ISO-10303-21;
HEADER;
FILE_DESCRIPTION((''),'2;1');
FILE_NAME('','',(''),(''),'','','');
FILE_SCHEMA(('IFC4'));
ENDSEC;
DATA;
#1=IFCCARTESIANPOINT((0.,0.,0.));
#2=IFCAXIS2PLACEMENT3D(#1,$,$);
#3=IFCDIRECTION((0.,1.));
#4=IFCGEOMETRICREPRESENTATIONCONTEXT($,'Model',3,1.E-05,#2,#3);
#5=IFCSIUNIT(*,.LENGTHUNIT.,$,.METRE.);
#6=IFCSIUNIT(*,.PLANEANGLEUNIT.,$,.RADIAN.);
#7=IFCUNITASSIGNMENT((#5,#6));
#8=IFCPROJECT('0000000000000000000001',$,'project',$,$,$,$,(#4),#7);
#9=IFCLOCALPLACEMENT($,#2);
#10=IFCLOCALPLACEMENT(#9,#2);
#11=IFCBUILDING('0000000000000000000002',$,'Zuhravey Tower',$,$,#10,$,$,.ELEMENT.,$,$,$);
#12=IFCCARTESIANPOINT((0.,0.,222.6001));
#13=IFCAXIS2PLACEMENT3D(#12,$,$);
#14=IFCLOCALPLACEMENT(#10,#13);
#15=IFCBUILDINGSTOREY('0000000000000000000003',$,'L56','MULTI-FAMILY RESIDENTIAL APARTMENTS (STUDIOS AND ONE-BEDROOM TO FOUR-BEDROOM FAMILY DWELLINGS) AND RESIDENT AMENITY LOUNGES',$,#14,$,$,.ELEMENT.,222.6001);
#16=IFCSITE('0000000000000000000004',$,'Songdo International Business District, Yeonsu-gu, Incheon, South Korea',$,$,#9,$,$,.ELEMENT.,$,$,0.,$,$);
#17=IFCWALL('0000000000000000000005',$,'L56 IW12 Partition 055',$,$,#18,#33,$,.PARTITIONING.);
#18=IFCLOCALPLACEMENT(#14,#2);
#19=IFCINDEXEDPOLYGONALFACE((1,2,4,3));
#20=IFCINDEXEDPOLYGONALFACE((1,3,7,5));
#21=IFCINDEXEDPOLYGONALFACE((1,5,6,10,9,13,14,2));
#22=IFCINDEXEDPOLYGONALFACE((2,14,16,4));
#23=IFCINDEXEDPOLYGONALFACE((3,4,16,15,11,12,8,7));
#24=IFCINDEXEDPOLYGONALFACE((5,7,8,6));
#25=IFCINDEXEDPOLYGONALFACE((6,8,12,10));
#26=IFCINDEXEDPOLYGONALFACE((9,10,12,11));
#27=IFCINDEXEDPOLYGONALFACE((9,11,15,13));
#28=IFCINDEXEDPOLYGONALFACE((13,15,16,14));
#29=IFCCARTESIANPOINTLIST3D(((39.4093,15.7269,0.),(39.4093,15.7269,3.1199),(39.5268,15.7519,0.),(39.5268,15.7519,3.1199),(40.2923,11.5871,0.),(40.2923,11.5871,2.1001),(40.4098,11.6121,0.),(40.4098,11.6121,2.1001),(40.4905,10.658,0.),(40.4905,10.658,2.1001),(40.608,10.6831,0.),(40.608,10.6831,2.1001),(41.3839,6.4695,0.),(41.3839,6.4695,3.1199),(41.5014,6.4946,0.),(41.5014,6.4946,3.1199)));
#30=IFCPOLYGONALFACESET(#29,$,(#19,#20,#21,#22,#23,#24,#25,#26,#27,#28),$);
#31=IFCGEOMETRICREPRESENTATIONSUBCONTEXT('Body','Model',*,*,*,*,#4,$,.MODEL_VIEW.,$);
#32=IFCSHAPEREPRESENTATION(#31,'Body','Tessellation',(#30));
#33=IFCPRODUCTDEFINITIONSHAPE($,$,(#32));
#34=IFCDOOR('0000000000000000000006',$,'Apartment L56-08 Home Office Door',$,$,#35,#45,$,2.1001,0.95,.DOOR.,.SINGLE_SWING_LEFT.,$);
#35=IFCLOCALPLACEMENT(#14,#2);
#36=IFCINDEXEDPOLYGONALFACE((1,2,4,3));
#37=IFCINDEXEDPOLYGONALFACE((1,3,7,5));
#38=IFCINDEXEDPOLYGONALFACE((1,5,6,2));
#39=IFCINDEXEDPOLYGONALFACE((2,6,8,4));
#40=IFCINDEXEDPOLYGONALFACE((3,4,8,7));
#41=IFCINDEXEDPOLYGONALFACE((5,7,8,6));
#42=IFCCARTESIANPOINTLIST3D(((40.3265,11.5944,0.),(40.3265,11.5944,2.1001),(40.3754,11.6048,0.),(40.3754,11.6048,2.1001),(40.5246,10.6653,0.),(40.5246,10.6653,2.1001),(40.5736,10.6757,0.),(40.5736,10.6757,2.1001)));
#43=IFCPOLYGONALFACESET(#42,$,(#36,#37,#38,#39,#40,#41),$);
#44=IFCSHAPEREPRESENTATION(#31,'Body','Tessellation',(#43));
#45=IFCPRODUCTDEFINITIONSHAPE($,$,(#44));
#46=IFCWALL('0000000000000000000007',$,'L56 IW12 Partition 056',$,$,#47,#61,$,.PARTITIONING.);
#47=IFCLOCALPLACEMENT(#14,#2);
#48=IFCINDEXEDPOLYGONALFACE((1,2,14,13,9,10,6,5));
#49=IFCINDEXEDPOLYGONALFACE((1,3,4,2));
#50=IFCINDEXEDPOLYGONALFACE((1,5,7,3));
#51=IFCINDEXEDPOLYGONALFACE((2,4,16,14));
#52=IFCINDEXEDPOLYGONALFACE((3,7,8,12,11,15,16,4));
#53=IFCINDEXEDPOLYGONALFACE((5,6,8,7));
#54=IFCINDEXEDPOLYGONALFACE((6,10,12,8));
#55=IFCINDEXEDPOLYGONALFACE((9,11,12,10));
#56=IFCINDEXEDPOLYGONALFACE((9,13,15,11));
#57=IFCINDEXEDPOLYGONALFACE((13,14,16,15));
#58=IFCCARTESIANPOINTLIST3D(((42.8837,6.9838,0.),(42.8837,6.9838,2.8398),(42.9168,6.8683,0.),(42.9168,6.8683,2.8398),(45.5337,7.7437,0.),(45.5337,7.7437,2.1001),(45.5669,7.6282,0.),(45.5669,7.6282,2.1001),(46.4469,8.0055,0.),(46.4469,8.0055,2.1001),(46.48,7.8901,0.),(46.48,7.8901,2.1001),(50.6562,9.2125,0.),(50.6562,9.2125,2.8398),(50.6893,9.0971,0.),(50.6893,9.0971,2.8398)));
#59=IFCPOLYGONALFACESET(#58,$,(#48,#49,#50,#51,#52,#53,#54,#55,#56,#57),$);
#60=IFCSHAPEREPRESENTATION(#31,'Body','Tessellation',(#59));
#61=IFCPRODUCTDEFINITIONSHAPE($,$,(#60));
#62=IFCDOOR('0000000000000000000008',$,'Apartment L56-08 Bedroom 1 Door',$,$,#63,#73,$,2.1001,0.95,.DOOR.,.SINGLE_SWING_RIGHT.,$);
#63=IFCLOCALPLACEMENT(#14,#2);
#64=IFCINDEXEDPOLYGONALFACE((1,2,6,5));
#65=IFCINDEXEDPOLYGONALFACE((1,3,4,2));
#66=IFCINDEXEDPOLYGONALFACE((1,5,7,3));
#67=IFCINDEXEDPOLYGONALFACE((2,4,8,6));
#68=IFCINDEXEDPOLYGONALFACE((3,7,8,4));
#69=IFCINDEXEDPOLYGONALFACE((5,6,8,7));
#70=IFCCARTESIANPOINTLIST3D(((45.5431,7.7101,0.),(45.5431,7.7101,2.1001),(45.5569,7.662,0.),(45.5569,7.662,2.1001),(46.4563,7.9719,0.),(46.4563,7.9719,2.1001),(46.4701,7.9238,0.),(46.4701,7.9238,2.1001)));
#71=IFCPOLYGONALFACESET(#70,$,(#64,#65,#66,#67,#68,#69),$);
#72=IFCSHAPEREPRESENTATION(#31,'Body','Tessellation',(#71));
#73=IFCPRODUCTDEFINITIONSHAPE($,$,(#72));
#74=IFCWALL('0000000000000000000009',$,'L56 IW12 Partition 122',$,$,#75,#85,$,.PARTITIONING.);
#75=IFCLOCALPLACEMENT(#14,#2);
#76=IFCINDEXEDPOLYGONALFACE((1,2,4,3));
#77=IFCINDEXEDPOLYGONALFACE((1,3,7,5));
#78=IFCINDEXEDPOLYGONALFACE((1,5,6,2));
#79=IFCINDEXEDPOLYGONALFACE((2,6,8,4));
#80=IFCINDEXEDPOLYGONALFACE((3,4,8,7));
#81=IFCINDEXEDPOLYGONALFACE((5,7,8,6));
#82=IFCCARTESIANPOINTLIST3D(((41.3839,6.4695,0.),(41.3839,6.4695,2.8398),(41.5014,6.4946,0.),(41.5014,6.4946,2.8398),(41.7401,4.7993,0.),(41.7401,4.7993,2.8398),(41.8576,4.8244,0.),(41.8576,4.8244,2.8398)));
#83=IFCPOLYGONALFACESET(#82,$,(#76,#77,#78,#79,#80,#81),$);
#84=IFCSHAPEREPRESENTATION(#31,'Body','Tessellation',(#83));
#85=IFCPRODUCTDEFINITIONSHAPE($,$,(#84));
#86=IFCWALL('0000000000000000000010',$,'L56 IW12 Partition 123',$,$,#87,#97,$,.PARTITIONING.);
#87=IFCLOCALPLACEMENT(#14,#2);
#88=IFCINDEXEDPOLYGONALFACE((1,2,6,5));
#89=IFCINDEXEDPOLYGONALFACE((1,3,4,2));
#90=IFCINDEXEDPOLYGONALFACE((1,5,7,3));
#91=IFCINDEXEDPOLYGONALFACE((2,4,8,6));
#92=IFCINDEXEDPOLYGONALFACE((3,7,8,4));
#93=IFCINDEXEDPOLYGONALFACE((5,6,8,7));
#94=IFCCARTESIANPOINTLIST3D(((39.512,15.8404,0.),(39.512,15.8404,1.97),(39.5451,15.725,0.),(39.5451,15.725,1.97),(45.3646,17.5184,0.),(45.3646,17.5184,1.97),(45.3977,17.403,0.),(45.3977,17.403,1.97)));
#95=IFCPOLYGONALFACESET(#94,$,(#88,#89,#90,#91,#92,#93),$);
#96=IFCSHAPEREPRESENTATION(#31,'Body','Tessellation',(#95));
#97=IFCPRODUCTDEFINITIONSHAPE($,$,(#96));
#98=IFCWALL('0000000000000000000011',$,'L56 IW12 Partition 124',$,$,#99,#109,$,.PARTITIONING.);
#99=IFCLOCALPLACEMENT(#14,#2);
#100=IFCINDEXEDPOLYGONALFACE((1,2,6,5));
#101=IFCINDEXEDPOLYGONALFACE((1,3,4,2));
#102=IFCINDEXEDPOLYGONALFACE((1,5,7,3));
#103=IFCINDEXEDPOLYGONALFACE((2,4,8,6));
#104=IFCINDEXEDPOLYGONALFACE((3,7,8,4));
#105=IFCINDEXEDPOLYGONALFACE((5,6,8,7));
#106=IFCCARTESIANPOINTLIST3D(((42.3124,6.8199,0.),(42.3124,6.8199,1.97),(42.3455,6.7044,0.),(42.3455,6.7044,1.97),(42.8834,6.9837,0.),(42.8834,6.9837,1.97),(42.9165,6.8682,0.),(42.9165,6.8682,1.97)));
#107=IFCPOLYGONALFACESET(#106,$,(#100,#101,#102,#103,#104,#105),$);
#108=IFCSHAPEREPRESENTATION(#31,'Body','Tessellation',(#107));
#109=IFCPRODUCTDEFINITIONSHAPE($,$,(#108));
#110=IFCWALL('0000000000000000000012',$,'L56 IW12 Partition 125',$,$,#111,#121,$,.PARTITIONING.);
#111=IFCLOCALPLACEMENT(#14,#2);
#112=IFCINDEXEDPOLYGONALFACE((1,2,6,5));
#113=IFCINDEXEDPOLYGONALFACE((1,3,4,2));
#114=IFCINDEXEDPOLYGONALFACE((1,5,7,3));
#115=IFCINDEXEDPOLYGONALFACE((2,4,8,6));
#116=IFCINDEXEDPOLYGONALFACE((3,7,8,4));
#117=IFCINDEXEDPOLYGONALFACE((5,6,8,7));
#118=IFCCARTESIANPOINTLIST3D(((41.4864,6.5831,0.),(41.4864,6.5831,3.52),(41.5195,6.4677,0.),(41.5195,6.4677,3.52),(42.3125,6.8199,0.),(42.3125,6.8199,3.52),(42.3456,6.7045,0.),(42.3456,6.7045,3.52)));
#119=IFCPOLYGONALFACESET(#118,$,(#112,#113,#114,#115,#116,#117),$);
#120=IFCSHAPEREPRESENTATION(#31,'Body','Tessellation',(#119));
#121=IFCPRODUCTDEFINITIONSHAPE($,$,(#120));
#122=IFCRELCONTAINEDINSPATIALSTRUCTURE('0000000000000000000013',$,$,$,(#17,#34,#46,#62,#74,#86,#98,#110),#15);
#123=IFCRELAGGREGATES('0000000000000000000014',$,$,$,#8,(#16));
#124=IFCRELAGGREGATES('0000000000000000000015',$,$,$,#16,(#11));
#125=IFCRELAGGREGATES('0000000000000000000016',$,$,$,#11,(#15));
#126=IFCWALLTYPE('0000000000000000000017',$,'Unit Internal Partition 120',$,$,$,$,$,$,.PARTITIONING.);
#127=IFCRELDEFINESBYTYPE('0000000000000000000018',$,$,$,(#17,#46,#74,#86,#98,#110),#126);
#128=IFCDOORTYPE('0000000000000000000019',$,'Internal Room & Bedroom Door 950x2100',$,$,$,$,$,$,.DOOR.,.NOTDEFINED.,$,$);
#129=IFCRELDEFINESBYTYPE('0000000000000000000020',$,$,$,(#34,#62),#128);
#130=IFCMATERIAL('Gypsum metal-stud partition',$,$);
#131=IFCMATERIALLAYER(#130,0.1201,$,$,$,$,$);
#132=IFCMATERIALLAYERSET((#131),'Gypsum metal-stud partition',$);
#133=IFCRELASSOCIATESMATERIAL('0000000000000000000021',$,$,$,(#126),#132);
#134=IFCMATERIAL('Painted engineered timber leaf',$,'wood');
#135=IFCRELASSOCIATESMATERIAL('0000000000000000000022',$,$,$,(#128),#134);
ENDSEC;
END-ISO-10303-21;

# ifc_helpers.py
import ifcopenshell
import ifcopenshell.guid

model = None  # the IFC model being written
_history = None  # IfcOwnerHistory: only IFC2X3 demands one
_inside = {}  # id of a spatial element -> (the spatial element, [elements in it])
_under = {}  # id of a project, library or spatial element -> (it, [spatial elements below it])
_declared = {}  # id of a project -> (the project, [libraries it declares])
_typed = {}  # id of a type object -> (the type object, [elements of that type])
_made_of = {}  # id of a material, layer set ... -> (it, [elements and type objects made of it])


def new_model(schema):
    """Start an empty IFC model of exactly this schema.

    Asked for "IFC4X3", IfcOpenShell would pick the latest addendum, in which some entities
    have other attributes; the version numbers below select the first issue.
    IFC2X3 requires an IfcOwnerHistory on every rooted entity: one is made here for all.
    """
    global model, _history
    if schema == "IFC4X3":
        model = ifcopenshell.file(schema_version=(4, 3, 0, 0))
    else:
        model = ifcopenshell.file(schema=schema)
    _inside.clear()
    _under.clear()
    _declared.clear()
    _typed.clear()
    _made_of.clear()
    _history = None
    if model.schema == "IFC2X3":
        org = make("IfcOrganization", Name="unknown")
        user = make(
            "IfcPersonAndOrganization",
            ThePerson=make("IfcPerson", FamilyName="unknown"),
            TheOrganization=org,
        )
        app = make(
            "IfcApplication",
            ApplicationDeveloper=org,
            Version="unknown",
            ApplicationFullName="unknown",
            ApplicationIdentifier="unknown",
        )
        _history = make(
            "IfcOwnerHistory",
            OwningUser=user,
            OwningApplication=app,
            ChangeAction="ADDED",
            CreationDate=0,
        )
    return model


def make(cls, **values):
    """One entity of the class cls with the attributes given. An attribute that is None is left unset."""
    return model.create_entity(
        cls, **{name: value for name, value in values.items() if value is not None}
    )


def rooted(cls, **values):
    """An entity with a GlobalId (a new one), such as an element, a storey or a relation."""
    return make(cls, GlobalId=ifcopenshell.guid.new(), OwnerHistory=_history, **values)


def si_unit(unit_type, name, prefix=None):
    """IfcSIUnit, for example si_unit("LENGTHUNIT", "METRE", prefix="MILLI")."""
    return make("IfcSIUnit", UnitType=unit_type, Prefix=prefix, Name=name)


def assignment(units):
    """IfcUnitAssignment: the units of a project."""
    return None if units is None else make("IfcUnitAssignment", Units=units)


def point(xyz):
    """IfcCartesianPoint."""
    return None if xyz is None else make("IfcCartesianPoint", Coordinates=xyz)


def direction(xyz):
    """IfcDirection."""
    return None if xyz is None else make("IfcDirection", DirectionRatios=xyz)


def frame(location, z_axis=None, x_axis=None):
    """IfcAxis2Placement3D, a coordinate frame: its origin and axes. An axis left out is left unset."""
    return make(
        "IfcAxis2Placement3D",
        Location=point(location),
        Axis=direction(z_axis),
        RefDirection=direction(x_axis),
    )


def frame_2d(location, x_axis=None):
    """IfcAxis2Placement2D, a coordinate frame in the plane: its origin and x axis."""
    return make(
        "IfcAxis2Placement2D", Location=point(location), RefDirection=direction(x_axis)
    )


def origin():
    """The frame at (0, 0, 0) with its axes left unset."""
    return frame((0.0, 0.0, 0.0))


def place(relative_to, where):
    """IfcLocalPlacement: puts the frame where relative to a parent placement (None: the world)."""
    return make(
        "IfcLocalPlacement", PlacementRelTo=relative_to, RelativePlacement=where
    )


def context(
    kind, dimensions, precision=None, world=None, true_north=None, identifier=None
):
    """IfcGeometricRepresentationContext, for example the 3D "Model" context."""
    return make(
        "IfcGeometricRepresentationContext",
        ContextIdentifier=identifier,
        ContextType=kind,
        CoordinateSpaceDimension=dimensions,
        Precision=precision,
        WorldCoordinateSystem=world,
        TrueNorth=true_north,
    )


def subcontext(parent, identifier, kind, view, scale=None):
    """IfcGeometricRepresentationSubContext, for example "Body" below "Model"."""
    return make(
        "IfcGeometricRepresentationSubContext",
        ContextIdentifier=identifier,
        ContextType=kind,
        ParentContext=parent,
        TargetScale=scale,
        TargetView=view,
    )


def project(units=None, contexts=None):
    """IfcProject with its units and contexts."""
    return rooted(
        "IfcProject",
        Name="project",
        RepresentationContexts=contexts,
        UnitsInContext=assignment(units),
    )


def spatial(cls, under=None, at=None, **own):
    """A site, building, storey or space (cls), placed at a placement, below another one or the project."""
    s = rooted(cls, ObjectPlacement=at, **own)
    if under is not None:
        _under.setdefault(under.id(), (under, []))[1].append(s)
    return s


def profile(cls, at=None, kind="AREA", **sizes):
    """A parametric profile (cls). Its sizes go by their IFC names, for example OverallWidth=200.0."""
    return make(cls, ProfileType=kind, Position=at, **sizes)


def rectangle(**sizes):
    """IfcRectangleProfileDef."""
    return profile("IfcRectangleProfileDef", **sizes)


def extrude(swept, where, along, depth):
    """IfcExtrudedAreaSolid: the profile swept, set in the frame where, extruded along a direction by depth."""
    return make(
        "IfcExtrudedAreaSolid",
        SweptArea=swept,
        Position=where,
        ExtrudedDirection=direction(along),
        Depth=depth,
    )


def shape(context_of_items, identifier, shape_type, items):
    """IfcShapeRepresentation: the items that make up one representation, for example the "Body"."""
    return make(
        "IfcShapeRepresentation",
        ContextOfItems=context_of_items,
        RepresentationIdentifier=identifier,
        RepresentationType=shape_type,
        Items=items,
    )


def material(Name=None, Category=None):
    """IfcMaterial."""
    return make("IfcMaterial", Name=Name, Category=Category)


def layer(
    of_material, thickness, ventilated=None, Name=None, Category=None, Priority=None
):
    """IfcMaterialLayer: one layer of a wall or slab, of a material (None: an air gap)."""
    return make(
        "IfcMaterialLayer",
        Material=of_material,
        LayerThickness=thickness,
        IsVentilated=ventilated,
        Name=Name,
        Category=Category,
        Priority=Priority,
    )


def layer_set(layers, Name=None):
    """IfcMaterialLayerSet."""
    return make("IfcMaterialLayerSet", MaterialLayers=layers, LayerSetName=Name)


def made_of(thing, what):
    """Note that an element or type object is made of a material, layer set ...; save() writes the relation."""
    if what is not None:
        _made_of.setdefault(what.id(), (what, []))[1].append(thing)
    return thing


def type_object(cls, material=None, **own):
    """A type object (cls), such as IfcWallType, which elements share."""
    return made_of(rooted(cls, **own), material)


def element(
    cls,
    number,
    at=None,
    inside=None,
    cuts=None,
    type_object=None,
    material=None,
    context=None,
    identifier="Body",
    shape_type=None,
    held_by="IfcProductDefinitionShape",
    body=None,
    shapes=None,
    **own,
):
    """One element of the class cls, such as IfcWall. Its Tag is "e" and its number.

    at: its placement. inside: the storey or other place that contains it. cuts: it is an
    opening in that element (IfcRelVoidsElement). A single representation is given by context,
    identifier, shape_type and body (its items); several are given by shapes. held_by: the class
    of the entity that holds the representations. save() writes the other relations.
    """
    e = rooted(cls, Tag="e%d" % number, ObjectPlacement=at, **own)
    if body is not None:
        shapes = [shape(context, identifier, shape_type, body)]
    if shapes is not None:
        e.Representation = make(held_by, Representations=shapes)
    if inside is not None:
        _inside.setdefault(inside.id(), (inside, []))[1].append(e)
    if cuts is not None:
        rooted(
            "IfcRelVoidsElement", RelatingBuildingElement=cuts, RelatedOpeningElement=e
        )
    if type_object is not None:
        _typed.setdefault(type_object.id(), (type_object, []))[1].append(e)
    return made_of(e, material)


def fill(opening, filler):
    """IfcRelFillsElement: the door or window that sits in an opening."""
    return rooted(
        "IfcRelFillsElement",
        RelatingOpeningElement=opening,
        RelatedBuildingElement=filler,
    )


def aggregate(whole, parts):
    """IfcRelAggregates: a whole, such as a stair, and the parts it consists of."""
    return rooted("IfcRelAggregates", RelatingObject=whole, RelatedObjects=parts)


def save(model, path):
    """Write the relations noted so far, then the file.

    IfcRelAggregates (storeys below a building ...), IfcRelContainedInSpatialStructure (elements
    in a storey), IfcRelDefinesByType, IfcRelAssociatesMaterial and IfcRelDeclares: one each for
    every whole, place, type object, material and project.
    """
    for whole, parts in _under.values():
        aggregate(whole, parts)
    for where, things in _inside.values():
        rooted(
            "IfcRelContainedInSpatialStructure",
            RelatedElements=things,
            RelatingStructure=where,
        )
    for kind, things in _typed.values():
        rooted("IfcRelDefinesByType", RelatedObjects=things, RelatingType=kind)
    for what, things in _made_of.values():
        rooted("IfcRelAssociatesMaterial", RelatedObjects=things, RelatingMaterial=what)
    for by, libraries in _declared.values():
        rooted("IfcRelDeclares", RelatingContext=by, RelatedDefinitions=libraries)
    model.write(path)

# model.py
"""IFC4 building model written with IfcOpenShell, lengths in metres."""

from ifc_helpers import new_model, si_unit, direction, frame, frame_2d, origin, place, context, subcontext, project, spatial, rectangle, extrude, material, layer, layer_set, type_object, element, fill, save


model = new_model("IFC4")

# Units and contexts
model_context = context("Model", 3, precision=1e-05, world=origin(), true_north=direction((0.0, 1.0)))
body_context = subcontext(model_context, "Body", "Model", "MODEL_VIEW")
ifc_project = project(units=[si_unit("LENGTHUNIT", "METRE"), si_unit("PLANEANGLEUNIT", "RADIAN")], contexts=[model_context])

# Site, building, storey
site_placement = place(None, origin())
site = spatial("IfcSite", under=ifc_project, at=site_placement, Name="Songdo International Business District, Yeonsu-gu, Incheon, South Korea", CompositionType="ELEMENT", RefElevation=0.0)
building_placement = place(site_placement, origin())
building = spatial("IfcBuilding", under=site, at=building_placement, Name="Zuhravey Tower", CompositionType="ELEMENT")
storey_placement = place(building_placement, frame((0.0, 0.0, 222.6001)))
storey = spatial("IfcBuildingStorey", under=building, at=storey_placement, Name="L56", Description="MULTI-FAMILY RESIDENTIAL APARTMENTS (STUDIOS AND ONE-BEDROOM TO FOUR-BEDROOM FAMILY DWELLINGS) AND RESIDENT AMENITY LOUNGES", CompositionType="ELEMENT", Elevation=222.6001)

# Walls, openings, doors
ifc_material_1 = material(Name="Gypsum metal-stud partition")
ifc_layer_1 = layer(ifc_material_1, 0.1201)
ifc_layer_set_1 = layer_set([ifc_layer_1], Name="Gypsum metal-stud partition")
wall_type_1 = type_object("IfcWallType", Name="Unit Internal Partition 120", PredefinedType="PARTITIONING", material=ifc_layer_set_1)
wall_1_placement = place(storey_placement, frame((39.468, 15.7395, 0.0), z_axis=(0.0, 0.0, 1.0), x_axis=(0.20861, -0.977999, 0.0)))
wall_1 = element("IfcWall", 1, at=wall_1_placement, inside=storey, type_object=wall_type_1, Name="L56 IW12 Partition 055", PredefinedType="PARTITIONING", context=body_context, shape_type="SweptSolid", body=[
    extrude(rectangle(XDim=9.4656, YDim=0.1201, at=frame_2d((4.7329, 0.0))), origin(), (0.0, 0.0, 1.0), 3.1199),
])
opening_1_placement = place(wall_1_placement, frame((4.2329, 0.0, 0.0)))
opening_1 = element("IfcOpeningElement", 2, at=opening_1_placement, cuts=wall_1, PredefinedType="OPENING", context=body_context, shape_type="SweptSolid", body=[
    extrude(rectangle(XDim=0.95, YDim=2.1001, at=frame_2d((0.4751, 1.05))), frame((0.0, 0.072, 0.0), z_axis=(0.0, -1.0, 0.0), x_axis=(1.0, 0.0, 0.0)), (0.0, 0.0, 1.0), 0.144),
])
ifc_material_2 = material(Name="Painted engineered timber leaf", Category="wood")
door_type_1 = type_object("IfcDoorType", Name="Internal Room & Bedroom Door 950x2100", OperationType="NOTDEFINED", PredefinedType="DOOR", material=ifc_material_2)
door_1_placement = place(opening_1_placement, origin())
door_1 = element("IfcDoor", 3, at=door_1_placement, inside=storey, type_object=door_type_1, Name="Apartment L56-08 Home Office Door", OperationType="SINGLE_SWING_LEFT", OverallHeight=2.1001, OverallWidth=0.95, PredefinedType="DOOR", context=body_context, shape_type="SweptSolid", body=[
    extrude(rectangle(XDim=0.95, YDim=2.1001, at=frame_2d((0.4751, 1.05))), frame((0.0, 0.0249, 0.0), z_axis=(0.0, -1.0, 0.0), x_axis=(1.0, 0.0, 0.0)), (0.0, 0.0, 1.0), 0.05),
])
fill(opening_1, door_1)
wall_2_placement = place(storey_placement, frame((42.9001, 6.926, 0.0), z_axis=(0.0, 0.0, 1.0), x_axis=(0.96126, 0.275642, 0.0)))
wall_2 = element("IfcWall", 4, at=wall_2_placement, inside=storey, type_object=wall_type_1, Name="L56 IW12 Partition 056", PredefinedType="PARTITIONING", context=body_context, shape_type="SweptSolid", body=[
    extrude(rectangle(XDim=8.0857, YDim=0.1201, at=frame_2d((4.043, 0.0))), origin(), (0.0, 0.0, 1.0), 2.8398),
])
opening_2_placement = place(wall_2_placement, frame((2.7568, 0.0, 0.0)))
opening_2 = element("IfcOpeningElement", 5, at=opening_2_placement, cuts=wall_2, PredefinedType="OPENING", context=body_context, shape_type="SweptSolid", body=[
    extrude(rectangle(XDim=0.95, YDim=2.1001, at=frame_2d((0.4751, 1.05))), frame((0.0, 0.072, 0.0), z_axis=(0.0, -1.0, 0.0), x_axis=(1.0, 0.0, 0.0)), (0.0, 0.0, 1.0), 0.144),
])
door_2_placement = place(opening_2_placement, frame((0.95, 0.0, 0.0), z_axis=(0.0, 0.0, 1.0), x_axis=(-1.0, 0.0, 0.0)))
door_2 = element("IfcDoor", 6, at=door_2_placement, inside=storey, type_object=door_type_1, Name="Apartment L56-08 Bedroom 1 Door", OperationType="SINGLE_SWING_RIGHT", OverallHeight=2.1001, OverallWidth=0.95, PredefinedType="DOOR", context=body_context, shape_type="SweptSolid", body=[
    extrude(rectangle(XDim=0.95, YDim=2.1001, at=frame_2d((0.4751, 1.05))), frame((0.0, 0.0249, 0.0), z_axis=(0.0, -1.0, 0.0), x_axis=(1.0, 0.0, 0.0)), (0.0, 0.0, 1.0), 0.05),
])
fill(opening_2, door_2)

# Walls
wall_3_placement = place(storey_placement, frame((41.4426, 6.4822, 0.0), z_axis=(0.0, 0.0, 1.0), x_axis=(0.208582, -0.978005, 0.0)))
element("IfcWall", 7, at=wall_3_placement, inside=storey, type_object=wall_type_1, Name="L56 IW12 Partition 122", PredefinedType="PARTITIONING", context=body_context, shape_type="SweptSolid", body=[
    extrude(rectangle(XDim=1.7078, YDim=0.1201, at=frame_2d((0.854, 0.0))), origin(), (0.0, 0.0, 1.0), 2.8398),
])
wall_4_placement = place(storey_placement, frame((39.5286, 15.7827, 0.0), z_axis=(0.0, 0.0, 1.0), x_axis=(0.961271, 0.275605, 0.0)))
element("IfcWall", 8, at=wall_4_placement, inside=storey, type_object=wall_type_1, Name="L56 IW12 Partition 123", PredefinedType="PARTITIONING", context=body_context, shape_type="SweptSolid", body=[
    extrude(rectangle(XDim=6.0884, YDim=0.1201, at=frame_2d((3.0442, 0.0))), origin(), (0.0, 0.0, 1.0), 1.97),
])
wall_5_placement = place(storey_placement, frame((42.3291, 6.7622, 0.0), z_axis=(0.0, 0.0, 1.0), x_axis=(0.961229, 0.275752, 0.0)))
element("IfcWall", 9, at=wall_5_placement, inside=storey, type_object=wall_type_1, Name="L56 IW12 Partition 124", PredefinedType="PARTITIONING", context=body_context, shape_type="SweptSolid", body=[
    extrude(rectangle(XDim=0.594, YDim=0.1201, at=frame_2d((0.2969, 0.0))), origin(), (0.0, 0.0, 1.0), 1.97),
])
wall_6_placement = place(storey_placement, frame((41.5029, 6.5254, 0.0), z_axis=(0.0, 0.0, 1.0), x_axis=(0.961288, 0.275546, 0.0)))
element("IfcWall", 10, at=wall_6_placement, inside=storey, type_object=wall_type_1, Name="L56 IW12 Partition 125", PredefinedType="PARTITIONING", context=body_context, shape_type="SweptSolid", body=[
    extrude(rectangle(XDim=0.8594, YDim=0.1201, at=frame_2d((0.4297, 0.0))), origin(), (0.0, 0.0, 1.0), 3.52),
])

save(model, "model.ifc")
